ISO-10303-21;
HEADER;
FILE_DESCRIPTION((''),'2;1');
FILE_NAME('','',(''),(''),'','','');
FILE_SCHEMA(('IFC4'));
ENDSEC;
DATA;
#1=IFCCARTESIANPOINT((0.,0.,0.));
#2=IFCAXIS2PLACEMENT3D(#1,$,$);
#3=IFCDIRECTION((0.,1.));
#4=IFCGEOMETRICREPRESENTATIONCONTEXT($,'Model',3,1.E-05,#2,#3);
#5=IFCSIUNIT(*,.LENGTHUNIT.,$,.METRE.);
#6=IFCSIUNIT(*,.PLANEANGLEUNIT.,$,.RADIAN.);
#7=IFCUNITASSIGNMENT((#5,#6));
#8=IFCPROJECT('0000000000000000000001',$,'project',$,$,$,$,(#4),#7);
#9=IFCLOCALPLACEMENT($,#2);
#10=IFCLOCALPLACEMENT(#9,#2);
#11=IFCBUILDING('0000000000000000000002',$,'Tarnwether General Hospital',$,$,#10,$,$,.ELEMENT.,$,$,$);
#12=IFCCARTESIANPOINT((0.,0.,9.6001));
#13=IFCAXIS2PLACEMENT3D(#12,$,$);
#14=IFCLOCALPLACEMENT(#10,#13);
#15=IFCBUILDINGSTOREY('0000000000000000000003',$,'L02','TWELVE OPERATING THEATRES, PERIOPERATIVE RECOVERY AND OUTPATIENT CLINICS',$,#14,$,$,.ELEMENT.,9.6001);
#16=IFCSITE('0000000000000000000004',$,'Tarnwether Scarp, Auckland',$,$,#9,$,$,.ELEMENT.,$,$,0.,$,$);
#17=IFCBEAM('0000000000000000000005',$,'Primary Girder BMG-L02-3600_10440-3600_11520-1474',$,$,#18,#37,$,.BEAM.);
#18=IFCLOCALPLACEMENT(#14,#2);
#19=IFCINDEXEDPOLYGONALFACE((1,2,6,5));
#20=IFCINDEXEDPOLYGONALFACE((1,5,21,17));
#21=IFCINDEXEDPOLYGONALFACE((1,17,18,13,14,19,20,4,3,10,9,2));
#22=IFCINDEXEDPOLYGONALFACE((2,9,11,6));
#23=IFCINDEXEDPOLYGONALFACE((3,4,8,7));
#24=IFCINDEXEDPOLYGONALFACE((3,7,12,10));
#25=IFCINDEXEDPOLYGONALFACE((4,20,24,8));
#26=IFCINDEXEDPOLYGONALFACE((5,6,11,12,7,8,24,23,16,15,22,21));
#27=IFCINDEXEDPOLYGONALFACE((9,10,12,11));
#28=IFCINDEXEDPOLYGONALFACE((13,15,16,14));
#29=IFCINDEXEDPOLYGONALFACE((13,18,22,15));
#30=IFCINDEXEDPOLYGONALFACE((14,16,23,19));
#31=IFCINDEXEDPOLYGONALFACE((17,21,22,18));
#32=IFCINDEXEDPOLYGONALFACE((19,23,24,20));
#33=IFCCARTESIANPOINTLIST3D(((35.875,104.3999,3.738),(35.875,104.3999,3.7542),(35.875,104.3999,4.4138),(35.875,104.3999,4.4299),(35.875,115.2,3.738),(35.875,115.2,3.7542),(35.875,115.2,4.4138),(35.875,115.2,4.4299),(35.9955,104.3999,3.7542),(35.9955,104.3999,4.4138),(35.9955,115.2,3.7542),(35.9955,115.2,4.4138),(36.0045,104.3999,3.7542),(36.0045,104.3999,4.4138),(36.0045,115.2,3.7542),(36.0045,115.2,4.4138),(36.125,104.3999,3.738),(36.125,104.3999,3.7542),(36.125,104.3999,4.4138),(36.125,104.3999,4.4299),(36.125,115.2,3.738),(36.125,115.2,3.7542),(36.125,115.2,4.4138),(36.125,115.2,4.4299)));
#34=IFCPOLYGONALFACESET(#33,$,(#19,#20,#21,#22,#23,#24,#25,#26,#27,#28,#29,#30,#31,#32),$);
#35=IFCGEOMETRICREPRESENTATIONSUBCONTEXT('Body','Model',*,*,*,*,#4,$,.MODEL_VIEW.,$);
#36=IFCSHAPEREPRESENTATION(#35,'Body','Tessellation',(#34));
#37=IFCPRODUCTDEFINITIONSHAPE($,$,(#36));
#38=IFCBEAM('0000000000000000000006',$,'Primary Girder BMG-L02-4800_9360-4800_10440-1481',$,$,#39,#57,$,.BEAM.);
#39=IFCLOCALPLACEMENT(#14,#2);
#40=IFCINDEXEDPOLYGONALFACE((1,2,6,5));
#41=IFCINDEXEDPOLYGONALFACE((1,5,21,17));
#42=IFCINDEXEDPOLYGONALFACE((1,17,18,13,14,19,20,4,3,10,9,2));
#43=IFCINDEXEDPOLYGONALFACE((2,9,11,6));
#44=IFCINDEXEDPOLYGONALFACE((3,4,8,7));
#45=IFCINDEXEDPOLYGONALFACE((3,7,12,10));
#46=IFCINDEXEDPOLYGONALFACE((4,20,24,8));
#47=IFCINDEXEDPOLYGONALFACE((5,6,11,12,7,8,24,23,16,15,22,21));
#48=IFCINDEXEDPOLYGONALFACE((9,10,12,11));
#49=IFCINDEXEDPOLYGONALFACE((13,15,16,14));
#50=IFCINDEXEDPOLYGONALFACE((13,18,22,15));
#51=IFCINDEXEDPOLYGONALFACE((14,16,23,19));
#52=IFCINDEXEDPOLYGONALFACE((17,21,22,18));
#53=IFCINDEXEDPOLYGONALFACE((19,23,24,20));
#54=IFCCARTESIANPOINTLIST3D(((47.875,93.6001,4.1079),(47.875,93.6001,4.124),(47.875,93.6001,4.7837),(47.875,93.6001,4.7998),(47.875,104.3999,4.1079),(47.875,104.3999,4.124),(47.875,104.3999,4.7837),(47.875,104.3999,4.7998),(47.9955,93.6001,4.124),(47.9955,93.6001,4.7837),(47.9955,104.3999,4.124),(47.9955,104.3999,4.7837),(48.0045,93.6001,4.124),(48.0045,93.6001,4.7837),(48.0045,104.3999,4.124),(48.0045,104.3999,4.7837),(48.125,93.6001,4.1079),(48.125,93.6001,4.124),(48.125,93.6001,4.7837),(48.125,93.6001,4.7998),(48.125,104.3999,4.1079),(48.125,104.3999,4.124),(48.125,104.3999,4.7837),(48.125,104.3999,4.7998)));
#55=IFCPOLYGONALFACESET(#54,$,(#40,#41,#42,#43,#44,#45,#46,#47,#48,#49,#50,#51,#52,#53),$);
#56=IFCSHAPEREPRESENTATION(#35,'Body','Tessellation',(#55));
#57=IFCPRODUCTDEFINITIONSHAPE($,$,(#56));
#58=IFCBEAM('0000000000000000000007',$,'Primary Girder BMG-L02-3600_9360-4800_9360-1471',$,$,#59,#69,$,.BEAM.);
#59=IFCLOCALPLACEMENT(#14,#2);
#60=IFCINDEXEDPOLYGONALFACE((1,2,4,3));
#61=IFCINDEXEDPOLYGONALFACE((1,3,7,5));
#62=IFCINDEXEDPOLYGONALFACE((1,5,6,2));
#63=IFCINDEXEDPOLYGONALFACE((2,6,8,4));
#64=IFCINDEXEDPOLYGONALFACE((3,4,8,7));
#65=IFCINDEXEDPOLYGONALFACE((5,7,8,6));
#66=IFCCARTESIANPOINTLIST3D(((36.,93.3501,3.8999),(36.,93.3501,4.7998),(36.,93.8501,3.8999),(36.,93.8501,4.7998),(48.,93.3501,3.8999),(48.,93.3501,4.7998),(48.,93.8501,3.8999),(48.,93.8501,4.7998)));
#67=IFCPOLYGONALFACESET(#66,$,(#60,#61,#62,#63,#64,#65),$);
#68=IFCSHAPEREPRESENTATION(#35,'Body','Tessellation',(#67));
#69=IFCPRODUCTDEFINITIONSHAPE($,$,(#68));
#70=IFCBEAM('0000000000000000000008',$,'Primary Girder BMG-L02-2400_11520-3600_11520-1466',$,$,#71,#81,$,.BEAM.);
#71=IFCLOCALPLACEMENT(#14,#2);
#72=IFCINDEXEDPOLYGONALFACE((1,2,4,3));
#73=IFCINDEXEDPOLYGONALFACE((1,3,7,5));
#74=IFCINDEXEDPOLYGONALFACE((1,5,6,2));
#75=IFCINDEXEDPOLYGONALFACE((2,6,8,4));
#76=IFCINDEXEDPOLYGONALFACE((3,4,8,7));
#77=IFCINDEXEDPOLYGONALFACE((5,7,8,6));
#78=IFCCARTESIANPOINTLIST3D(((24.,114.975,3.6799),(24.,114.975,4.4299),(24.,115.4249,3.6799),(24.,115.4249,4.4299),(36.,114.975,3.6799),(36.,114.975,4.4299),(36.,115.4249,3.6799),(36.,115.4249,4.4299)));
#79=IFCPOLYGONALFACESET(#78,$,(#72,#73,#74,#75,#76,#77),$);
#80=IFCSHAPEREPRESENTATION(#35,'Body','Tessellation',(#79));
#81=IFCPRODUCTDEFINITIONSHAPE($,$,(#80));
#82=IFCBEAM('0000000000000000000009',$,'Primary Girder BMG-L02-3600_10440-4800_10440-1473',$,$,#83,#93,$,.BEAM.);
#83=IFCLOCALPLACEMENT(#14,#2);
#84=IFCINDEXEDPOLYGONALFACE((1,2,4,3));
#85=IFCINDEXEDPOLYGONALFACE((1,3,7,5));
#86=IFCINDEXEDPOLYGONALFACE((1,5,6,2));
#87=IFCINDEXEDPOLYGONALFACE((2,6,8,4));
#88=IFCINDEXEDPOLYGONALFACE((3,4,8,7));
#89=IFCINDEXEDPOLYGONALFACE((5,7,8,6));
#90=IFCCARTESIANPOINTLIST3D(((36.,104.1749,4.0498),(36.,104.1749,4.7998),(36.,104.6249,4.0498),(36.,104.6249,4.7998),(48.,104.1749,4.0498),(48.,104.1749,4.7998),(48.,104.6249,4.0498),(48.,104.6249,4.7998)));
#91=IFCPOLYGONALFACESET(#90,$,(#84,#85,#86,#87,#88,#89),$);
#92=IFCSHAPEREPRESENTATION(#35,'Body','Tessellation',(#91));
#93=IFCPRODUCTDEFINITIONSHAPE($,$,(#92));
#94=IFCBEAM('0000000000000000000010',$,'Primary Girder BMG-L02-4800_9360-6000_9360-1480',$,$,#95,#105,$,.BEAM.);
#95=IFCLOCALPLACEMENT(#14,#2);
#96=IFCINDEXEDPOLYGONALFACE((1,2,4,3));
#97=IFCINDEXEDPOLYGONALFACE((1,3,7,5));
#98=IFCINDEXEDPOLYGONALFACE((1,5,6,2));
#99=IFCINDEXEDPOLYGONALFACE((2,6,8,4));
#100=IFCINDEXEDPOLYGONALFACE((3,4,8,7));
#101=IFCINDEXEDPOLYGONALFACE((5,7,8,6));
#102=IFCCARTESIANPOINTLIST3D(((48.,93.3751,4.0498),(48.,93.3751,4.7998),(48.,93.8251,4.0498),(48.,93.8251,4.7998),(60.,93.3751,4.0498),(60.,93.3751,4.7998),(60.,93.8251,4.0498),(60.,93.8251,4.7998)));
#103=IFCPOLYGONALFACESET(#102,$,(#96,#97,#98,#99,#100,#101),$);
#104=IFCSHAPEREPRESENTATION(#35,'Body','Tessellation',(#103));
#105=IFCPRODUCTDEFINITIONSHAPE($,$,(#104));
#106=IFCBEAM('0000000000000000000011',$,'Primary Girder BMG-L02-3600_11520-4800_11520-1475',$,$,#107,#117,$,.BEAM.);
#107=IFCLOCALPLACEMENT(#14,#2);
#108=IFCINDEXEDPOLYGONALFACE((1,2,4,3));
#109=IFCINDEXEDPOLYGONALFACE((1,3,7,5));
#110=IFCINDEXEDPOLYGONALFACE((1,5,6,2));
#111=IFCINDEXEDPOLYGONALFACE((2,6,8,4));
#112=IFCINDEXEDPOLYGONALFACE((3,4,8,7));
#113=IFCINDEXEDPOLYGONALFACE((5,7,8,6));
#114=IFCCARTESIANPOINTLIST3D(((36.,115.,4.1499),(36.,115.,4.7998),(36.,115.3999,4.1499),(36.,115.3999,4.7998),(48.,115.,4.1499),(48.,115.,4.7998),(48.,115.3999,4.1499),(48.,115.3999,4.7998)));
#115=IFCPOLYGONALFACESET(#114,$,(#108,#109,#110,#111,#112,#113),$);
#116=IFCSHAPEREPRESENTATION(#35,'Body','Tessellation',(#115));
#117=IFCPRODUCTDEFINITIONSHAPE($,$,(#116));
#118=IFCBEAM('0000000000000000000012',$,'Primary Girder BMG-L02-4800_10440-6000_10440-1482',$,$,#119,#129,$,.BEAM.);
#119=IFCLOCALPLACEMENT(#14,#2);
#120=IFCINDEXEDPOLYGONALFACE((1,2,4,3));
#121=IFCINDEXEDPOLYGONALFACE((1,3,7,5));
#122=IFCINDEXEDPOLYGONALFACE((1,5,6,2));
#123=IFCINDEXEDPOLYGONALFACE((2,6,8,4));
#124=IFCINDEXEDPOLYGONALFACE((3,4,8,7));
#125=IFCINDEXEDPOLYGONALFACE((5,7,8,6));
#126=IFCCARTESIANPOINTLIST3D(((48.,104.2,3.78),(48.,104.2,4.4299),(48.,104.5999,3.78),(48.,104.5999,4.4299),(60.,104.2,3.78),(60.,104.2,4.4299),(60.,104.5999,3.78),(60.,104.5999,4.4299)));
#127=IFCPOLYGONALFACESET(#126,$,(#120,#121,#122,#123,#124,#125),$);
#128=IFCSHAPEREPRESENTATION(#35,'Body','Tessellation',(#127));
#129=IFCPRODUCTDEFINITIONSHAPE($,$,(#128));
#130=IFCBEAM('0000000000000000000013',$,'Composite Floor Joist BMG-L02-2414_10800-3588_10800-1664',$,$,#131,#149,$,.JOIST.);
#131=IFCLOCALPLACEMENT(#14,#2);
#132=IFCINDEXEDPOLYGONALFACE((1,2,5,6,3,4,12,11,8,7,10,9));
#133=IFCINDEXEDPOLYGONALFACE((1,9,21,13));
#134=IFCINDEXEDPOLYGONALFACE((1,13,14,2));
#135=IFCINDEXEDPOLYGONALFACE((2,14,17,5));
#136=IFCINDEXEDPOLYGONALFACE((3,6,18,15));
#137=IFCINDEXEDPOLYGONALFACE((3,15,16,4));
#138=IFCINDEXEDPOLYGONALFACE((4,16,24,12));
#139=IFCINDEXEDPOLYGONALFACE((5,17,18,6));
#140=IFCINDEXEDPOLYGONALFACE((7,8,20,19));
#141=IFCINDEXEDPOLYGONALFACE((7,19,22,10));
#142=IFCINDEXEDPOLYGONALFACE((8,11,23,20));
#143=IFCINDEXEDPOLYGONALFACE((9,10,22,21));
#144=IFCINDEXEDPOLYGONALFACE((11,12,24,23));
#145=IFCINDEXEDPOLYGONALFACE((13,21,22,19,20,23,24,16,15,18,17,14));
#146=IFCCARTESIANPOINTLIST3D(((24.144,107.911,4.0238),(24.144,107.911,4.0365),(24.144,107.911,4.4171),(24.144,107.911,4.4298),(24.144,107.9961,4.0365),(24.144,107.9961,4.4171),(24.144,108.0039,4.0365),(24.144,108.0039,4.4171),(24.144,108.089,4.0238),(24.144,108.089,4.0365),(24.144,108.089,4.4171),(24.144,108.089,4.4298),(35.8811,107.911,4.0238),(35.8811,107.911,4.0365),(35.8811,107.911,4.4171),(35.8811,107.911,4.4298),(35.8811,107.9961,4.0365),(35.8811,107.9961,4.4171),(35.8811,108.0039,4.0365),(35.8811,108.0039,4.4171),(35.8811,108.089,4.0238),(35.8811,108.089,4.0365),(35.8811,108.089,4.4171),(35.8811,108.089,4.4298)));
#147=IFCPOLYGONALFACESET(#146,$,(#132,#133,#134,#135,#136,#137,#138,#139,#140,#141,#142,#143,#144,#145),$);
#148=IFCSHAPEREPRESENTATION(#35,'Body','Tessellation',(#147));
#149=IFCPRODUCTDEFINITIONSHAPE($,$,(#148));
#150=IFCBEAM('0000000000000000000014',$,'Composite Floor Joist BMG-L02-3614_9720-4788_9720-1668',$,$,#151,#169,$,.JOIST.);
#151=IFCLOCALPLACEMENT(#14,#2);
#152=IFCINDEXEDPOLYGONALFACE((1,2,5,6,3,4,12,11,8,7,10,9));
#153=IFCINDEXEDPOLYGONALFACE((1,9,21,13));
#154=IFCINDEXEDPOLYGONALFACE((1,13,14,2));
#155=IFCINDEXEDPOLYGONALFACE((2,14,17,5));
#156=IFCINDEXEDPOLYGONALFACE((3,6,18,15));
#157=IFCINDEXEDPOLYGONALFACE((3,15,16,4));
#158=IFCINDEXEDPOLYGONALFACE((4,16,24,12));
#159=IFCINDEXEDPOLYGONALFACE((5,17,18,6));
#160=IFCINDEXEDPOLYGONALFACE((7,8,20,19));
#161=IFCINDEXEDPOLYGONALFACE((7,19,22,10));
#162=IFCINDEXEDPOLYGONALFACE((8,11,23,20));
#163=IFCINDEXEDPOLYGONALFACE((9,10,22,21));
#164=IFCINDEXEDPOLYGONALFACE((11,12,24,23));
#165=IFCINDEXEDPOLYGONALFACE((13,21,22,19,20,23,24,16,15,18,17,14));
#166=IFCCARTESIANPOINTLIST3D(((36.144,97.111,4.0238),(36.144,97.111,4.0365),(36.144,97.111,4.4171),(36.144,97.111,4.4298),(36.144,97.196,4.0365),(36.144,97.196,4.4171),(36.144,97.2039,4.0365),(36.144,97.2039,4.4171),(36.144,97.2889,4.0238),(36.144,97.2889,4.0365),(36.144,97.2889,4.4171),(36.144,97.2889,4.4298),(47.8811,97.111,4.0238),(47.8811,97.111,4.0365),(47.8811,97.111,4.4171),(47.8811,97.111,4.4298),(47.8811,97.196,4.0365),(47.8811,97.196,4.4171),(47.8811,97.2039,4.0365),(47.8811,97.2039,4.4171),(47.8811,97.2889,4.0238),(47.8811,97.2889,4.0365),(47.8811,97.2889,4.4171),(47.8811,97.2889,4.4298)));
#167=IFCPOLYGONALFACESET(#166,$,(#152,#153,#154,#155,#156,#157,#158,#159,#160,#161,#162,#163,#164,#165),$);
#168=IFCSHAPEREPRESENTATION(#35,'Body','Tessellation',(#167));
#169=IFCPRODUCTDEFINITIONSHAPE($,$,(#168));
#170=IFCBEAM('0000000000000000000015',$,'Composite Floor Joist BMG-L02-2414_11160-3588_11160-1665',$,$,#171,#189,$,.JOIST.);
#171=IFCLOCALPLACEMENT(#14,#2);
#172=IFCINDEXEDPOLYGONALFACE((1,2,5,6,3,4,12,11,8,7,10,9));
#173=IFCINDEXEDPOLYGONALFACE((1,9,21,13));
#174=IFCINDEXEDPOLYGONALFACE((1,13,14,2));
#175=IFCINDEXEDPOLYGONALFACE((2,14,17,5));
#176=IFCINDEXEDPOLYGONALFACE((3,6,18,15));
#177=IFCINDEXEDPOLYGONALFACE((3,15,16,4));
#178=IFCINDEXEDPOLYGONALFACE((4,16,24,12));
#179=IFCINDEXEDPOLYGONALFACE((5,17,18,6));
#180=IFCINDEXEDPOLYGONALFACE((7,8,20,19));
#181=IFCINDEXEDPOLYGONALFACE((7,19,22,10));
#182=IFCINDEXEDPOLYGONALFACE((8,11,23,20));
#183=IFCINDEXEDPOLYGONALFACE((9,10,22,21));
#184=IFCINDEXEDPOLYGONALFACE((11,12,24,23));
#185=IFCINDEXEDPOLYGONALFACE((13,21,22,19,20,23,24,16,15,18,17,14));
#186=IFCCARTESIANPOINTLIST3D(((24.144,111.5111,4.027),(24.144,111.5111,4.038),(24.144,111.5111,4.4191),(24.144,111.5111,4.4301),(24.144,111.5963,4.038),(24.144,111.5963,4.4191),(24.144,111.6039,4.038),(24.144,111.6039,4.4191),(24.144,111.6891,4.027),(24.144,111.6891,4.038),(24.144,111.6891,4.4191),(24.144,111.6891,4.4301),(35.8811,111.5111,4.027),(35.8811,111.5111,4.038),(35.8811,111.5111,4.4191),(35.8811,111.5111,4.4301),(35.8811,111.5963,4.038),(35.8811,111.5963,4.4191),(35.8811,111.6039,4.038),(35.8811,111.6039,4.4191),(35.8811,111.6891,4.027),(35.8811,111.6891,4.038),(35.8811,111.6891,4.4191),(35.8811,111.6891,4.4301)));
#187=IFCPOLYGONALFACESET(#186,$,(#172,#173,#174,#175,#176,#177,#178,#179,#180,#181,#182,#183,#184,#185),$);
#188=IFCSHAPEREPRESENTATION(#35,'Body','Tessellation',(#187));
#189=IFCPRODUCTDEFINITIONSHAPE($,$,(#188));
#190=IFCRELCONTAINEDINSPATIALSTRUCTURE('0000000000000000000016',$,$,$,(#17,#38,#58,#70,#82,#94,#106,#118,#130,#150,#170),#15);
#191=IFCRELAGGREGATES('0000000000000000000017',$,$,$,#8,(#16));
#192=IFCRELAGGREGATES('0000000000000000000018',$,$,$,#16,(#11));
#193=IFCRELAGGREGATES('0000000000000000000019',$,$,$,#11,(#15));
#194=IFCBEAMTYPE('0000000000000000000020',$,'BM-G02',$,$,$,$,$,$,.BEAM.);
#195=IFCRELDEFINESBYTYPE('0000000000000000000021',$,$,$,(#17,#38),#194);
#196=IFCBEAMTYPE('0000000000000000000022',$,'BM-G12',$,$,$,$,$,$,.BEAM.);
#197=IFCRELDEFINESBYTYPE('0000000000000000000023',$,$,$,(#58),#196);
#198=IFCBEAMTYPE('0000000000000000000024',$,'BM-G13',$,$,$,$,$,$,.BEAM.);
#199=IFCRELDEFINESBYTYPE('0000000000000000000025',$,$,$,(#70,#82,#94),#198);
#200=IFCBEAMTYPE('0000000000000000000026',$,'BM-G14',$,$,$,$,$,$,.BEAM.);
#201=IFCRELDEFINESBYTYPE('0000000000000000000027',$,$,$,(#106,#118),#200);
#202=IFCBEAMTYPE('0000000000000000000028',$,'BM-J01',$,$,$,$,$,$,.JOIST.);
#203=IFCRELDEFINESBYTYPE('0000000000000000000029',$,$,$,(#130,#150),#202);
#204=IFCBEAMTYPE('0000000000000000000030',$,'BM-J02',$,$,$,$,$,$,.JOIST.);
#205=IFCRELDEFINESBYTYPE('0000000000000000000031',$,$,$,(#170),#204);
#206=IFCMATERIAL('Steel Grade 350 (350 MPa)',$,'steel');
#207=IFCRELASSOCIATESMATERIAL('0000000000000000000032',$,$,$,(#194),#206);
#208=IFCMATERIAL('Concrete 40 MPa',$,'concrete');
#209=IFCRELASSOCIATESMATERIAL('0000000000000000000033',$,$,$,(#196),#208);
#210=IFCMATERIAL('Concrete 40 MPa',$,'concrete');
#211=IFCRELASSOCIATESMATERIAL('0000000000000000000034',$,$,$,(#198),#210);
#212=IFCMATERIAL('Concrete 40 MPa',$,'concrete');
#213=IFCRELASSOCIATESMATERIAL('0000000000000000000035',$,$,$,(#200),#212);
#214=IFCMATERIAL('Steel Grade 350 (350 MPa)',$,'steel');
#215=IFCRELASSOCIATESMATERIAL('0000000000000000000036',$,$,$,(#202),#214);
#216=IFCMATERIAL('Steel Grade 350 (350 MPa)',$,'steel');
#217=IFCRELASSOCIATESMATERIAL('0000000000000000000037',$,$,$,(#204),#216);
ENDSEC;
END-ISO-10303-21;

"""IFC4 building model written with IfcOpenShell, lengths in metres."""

from ifc_helpers import new_model, si_unit, direction, frame, origin, origin_2d, place, context, subcontext, project, spatial, rectangle, i_section, extrude, material, material_profile, profile_set, type_object, element, save


model = new_model("IFC4")

# Units and contexts
model_context = context("Model", 3, precision=1e-05, world=origin(), true_north=direction((0.0, 1.0)))
body_context = subcontext(model_context, "Body", "Model", "MODEL_VIEW")
ifc_project = project(units=[si_unit("LENGTHUNIT", "METRE"), si_unit("PLANEANGLEUNIT", "RADIAN")], contexts=[model_context])

# Site, building, storey
site_placement = place(None, origin())
site = spatial("IfcSite", under=ifc_project, at=site_placement, Name="Tarnwether Scarp, Auckland", CompositionType="ELEMENT", RefElevation=0.0)
building_placement = place(site_placement, origin())
building = spatial("IfcBuilding", under=site, at=building_placement, Name="Tarnwether General Hospital", CompositionType="ELEMENT")
storey_placement = place(building_placement, frame((0.0, 0.0, 9.6001)))
storey = spatial("IfcBuildingStorey", under=building, at=storey_placement, Name="L02", Description="TWELVE OPERATING THEATRES, PERIOPERATIVE RECOVERY AND OUTPATIENT CLINICS", CompositionType="ELEMENT", Elevation=9.6001)

# Beams
ifc_material_1 = material(Name="Steel Grade 350 (350 MPa)", Category="steel")
ifc_material_profile_1 = material_profile(ifc_material_1, i_section(OverallWidth=0.25, OverallDepth=0.6919, WebThickness=0.009, FlangeThickness=0.0161, at=origin_2d()), Name="700WB115")
ifc_profile_set_1 = profile_set([ifc_material_profile_1], Name="Steel Grade 350 (350 MPa)")
beam_type_1 = type_object("IfcBeamType", Name="BM-G02", PredefinedType="BEAM", material=ifc_profile_set_1)
beam_1_placement = place(storey_placement, frame((36.0, 104.3999, 4.084), z_axis=(0.0, 1.0, 0.0), x_axis=(-1.0, 0.0, 0.0)))
element("IfcBeam", 1, at=beam_1_placement, inside=storey, type_object=beam_type_1, Name="Primary Girder BMG-L02-3600_10440-3600_11520-1474", PredefinedType="BEAM", context=body_context, shape_type="SweptSolid", body=[
    extrude(i_section(OverallWidth=0.25, OverallDepth=0.6919, WebThickness=0.009, FlangeThickness=0.0161, at=origin_2d()), origin(), (0.0, 0.0, 1.0), 10.8),
])
beam_2_placement = place(storey_placement, frame((48.0, 93.6001, 4.4539), z_axis=(0.0, 1.0, 0.0), x_axis=(-1.0, 0.0, 0.0)))
element("IfcBeam", 2, at=beam_2_placement, inside=storey, type_object=beam_type_1, Name="Primary Girder BMG-L02-4800_9360-4800_10440-1481", PredefinedType="BEAM", context=body_context, shape_type="SweptSolid", body=[
    extrude(i_section(OverallWidth=0.25, OverallDepth=0.6919, WebThickness=0.009, FlangeThickness=0.0161, at=origin_2d()), origin(), (0.0, 0.0, 1.0), 10.7998),
])
ifc_material_2 = material(Name="Concrete 40 MPa", Category="concrete")
ifc_material_profile_2 = material_profile(ifc_material_2, rectangle(XDim=0.5, YDim=0.8999, at=origin_2d()), Name="RC-BM-500x900")
ifc_profile_set_2 = profile_set([ifc_material_profile_2], Name="Concrete 40 MPa")
beam_type_2 = type_object("IfcBeamType", Name="BM-G12", PredefinedType="BEAM", material=ifc_profile_set_2)
beam_3_placement = place(storey_placement, frame((36.0, 93.6001, 4.3499), z_axis=(1.0, 0.0, 0.0), x_axis=(0.0, 1.0, 0.0)))
element("IfcBeam", 3, at=beam_3_placement, inside=storey, type_object=beam_type_2, Name="Primary Girder BMG-L02-3600_9360-4800_9360-1471", PredefinedType="BEAM", context=body_context, shape_type="SweptSolid", body=[
    extrude(rectangle(XDim=0.5, YDim=0.8999, at=origin_2d()), origin(), (0.0, 0.0, 1.0), 12.0),
])
ifc_material_3 = material(Name="Concrete 40 MPa", Category="concrete")
ifc_material_profile_3 = material_profile(ifc_material_3, rectangle(XDim=0.45, YDim=0.75, at=origin_2d()), Name="RC-BM-450x750")
ifc_profile_set_3 = profile_set([ifc_material_profile_3], Name="Concrete 40 MPa")
beam_type_3 = type_object("IfcBeamType", Name="BM-G13", PredefinedType="BEAM", material=ifc_profile_set_3)
for number, where, z_axis, x_axis, name in (
    (4, (24.0, 115.2, 4.0549), (1.0, 0.0, 0.0), (0.0, 1.0, 0.0), "Primary Girder BMG-L02-2400_11520-3600_11520-1466"),
    (5, (36.0, 104.3999, 4.4248), (1.0, 0.0, 0.0), (0.0, 1.0, 0.0), "Primary Girder BMG-L02-3600_10440-4800_10440-1473"),
    (6, (48.0, 93.6001, 4.4248), (1.0, 0.0, 0.0), (0.0, 1.0, 0.0), "Primary Girder BMG-L02-4800_9360-6000_9360-1480"),
):
    element("IfcBeam", number, at=place(storey_placement, frame(where, z_axis=z_axis, x_axis=x_axis)), inside=storey, type_object=beam_type_3, Name=name, PredefinedType="BEAM", context=body_context, shape_type="SweptSolid", body=[
        extrude(rectangle(XDim=0.45, YDim=0.75, at=origin_2d()), origin(), (0.0, 0.0, 1.0), 12.0),
    ])
ifc_material_4 = material(Name="Concrete 40 MPa", Category="concrete")
ifc_material_profile_4 = material_profile(ifc_material_4, rectangle(XDim=0.3999, YDim=0.6499, at=origin_2d()), Name="RC-BM-400x650")
ifc_profile_set_4 = profile_set([ifc_material_profile_4], Name="Concrete 40 MPa")
beam_type_4 = type_object("IfcBeamType", Name="BM-G14", PredefinedType="BEAM", material=ifc_profile_set_4)
for number, where, z_axis, x_axis, name in (
    (7, (36.0, 115.2, 4.4749), (1.0, 0.0, 0.0), (0.0, 1.0, 0.0), "Primary Girder BMG-L02-3600_11520-4800_11520-1475"),
    (8, (48.0, 104.3999, 4.105), (1.0, 0.0, 0.0), (0.0, 1.0, 0.0), "Primary Girder BMG-L02-4800_10440-6000_10440-1482"),
):
    element("IfcBeam", number, at=place(storey_placement, frame(where, z_axis=z_axis, x_axis=x_axis)), inside=storey, type_object=beam_type_4, Name=name, PredefinedType="BEAM", context=body_context, shape_type="SweptSolid", body=[
        extrude(rectangle(XDim=0.3999, YDim=0.6499, at=origin_2d()), origin(), (0.0, 0.0, 1.0), 12.0),
    ])
ifc_material_5 = material(Name="Steel Grade 350 (350 MPa)", Category="steel")
ifc_material_profile_5 = material_profile(ifc_material_5, i_section(OverallWidth=0.178, OverallDepth=0.406, WebThickness=0.0078, FlangeThickness=0.0127, at=origin_2d()), Name="410UB59.7")
ifc_profile_set_5 = profile_set([ifc_material_profile_5], Name="Steel Grade 350 (350 MPa)")
beam_type_5 = type_object("IfcBeamType", Name="BM-J01", PredefinedType="JOIST", material=ifc_profile_set_5)
for number, where, z_axis, x_axis, name in (
    (9, (24.144, 108.0, 4.2268), (1.0, 0.0, 0.0), (0.0, 1.0, 0.0), "Composite Floor Joist BMG-L02-2414_10800-3588_10800-1664"),
    (10, (36.144, 97.2, 4.2268), (1.0, 0.0, 0.0), (0.0, 1.0, 0.0), "Composite Floor Joist BMG-L02-3614_9720-4788_9720-1668"),
):
    element("IfcBeam", number, at=place(storey_placement, frame(where, z_axis=z_axis, x_axis=x_axis)), inside=storey, type_object=beam_type_5, Name=name, PredefinedType="JOIST", context=body_context, shape_type="SweptSolid", body=[
        extrude(i_section(OverallWidth=0.178, OverallDepth=0.406, WebThickness=0.0078, FlangeThickness=0.0127, at=origin_2d()), origin(), (0.0, 0.0, 1.0), 11.7371),
    ])
ifc_material_6 = material(Name="Steel Grade 350 (350 MPa)", Category="steel")
ifc_material_profile_6 = material_profile(ifc_material_6, i_section(OverallWidth=0.178, OverallDepth=0.4031, WebThickness=0.0076, FlangeThickness=0.011, at=origin_2d()), Name="410UB53.7")
ifc_profile_set_6 = profile_set([ifc_material_profile_6], Name="Steel Grade 350 (350 MPa)")
beam_type_6 = type_object("IfcBeamType", Name="BM-J02", PredefinedType="JOIST", material=ifc_profile_set_6)
for number, where, z_axis, x_axis, name in (
    (11, (24.144, 111.6001, 4.2285), (1.0, 0.0, 0.0), (0.0, 1.0, 0.0), "Composite Floor Joist BMG-L02-2414_11160-3588_11160-1665"),
):
    element("IfcBeam", number, at=place(storey_placement, frame(where, z_axis=z_axis, x_axis=x_axis)), inside=storey, type_object=beam_type_6, Name=name, PredefinedType="JOIST", context=body_context, shape_type="SweptSolid", body=[
        extrude(i_section(OverallWidth=0.178, OverallDepth=0.4031, WebThickness=0.0076, FlangeThickness=0.011, at=origin_2d()), origin(), (0.0, 0.0, 1.0), 11.7371),
    ])

save(model, "model.ifc")
